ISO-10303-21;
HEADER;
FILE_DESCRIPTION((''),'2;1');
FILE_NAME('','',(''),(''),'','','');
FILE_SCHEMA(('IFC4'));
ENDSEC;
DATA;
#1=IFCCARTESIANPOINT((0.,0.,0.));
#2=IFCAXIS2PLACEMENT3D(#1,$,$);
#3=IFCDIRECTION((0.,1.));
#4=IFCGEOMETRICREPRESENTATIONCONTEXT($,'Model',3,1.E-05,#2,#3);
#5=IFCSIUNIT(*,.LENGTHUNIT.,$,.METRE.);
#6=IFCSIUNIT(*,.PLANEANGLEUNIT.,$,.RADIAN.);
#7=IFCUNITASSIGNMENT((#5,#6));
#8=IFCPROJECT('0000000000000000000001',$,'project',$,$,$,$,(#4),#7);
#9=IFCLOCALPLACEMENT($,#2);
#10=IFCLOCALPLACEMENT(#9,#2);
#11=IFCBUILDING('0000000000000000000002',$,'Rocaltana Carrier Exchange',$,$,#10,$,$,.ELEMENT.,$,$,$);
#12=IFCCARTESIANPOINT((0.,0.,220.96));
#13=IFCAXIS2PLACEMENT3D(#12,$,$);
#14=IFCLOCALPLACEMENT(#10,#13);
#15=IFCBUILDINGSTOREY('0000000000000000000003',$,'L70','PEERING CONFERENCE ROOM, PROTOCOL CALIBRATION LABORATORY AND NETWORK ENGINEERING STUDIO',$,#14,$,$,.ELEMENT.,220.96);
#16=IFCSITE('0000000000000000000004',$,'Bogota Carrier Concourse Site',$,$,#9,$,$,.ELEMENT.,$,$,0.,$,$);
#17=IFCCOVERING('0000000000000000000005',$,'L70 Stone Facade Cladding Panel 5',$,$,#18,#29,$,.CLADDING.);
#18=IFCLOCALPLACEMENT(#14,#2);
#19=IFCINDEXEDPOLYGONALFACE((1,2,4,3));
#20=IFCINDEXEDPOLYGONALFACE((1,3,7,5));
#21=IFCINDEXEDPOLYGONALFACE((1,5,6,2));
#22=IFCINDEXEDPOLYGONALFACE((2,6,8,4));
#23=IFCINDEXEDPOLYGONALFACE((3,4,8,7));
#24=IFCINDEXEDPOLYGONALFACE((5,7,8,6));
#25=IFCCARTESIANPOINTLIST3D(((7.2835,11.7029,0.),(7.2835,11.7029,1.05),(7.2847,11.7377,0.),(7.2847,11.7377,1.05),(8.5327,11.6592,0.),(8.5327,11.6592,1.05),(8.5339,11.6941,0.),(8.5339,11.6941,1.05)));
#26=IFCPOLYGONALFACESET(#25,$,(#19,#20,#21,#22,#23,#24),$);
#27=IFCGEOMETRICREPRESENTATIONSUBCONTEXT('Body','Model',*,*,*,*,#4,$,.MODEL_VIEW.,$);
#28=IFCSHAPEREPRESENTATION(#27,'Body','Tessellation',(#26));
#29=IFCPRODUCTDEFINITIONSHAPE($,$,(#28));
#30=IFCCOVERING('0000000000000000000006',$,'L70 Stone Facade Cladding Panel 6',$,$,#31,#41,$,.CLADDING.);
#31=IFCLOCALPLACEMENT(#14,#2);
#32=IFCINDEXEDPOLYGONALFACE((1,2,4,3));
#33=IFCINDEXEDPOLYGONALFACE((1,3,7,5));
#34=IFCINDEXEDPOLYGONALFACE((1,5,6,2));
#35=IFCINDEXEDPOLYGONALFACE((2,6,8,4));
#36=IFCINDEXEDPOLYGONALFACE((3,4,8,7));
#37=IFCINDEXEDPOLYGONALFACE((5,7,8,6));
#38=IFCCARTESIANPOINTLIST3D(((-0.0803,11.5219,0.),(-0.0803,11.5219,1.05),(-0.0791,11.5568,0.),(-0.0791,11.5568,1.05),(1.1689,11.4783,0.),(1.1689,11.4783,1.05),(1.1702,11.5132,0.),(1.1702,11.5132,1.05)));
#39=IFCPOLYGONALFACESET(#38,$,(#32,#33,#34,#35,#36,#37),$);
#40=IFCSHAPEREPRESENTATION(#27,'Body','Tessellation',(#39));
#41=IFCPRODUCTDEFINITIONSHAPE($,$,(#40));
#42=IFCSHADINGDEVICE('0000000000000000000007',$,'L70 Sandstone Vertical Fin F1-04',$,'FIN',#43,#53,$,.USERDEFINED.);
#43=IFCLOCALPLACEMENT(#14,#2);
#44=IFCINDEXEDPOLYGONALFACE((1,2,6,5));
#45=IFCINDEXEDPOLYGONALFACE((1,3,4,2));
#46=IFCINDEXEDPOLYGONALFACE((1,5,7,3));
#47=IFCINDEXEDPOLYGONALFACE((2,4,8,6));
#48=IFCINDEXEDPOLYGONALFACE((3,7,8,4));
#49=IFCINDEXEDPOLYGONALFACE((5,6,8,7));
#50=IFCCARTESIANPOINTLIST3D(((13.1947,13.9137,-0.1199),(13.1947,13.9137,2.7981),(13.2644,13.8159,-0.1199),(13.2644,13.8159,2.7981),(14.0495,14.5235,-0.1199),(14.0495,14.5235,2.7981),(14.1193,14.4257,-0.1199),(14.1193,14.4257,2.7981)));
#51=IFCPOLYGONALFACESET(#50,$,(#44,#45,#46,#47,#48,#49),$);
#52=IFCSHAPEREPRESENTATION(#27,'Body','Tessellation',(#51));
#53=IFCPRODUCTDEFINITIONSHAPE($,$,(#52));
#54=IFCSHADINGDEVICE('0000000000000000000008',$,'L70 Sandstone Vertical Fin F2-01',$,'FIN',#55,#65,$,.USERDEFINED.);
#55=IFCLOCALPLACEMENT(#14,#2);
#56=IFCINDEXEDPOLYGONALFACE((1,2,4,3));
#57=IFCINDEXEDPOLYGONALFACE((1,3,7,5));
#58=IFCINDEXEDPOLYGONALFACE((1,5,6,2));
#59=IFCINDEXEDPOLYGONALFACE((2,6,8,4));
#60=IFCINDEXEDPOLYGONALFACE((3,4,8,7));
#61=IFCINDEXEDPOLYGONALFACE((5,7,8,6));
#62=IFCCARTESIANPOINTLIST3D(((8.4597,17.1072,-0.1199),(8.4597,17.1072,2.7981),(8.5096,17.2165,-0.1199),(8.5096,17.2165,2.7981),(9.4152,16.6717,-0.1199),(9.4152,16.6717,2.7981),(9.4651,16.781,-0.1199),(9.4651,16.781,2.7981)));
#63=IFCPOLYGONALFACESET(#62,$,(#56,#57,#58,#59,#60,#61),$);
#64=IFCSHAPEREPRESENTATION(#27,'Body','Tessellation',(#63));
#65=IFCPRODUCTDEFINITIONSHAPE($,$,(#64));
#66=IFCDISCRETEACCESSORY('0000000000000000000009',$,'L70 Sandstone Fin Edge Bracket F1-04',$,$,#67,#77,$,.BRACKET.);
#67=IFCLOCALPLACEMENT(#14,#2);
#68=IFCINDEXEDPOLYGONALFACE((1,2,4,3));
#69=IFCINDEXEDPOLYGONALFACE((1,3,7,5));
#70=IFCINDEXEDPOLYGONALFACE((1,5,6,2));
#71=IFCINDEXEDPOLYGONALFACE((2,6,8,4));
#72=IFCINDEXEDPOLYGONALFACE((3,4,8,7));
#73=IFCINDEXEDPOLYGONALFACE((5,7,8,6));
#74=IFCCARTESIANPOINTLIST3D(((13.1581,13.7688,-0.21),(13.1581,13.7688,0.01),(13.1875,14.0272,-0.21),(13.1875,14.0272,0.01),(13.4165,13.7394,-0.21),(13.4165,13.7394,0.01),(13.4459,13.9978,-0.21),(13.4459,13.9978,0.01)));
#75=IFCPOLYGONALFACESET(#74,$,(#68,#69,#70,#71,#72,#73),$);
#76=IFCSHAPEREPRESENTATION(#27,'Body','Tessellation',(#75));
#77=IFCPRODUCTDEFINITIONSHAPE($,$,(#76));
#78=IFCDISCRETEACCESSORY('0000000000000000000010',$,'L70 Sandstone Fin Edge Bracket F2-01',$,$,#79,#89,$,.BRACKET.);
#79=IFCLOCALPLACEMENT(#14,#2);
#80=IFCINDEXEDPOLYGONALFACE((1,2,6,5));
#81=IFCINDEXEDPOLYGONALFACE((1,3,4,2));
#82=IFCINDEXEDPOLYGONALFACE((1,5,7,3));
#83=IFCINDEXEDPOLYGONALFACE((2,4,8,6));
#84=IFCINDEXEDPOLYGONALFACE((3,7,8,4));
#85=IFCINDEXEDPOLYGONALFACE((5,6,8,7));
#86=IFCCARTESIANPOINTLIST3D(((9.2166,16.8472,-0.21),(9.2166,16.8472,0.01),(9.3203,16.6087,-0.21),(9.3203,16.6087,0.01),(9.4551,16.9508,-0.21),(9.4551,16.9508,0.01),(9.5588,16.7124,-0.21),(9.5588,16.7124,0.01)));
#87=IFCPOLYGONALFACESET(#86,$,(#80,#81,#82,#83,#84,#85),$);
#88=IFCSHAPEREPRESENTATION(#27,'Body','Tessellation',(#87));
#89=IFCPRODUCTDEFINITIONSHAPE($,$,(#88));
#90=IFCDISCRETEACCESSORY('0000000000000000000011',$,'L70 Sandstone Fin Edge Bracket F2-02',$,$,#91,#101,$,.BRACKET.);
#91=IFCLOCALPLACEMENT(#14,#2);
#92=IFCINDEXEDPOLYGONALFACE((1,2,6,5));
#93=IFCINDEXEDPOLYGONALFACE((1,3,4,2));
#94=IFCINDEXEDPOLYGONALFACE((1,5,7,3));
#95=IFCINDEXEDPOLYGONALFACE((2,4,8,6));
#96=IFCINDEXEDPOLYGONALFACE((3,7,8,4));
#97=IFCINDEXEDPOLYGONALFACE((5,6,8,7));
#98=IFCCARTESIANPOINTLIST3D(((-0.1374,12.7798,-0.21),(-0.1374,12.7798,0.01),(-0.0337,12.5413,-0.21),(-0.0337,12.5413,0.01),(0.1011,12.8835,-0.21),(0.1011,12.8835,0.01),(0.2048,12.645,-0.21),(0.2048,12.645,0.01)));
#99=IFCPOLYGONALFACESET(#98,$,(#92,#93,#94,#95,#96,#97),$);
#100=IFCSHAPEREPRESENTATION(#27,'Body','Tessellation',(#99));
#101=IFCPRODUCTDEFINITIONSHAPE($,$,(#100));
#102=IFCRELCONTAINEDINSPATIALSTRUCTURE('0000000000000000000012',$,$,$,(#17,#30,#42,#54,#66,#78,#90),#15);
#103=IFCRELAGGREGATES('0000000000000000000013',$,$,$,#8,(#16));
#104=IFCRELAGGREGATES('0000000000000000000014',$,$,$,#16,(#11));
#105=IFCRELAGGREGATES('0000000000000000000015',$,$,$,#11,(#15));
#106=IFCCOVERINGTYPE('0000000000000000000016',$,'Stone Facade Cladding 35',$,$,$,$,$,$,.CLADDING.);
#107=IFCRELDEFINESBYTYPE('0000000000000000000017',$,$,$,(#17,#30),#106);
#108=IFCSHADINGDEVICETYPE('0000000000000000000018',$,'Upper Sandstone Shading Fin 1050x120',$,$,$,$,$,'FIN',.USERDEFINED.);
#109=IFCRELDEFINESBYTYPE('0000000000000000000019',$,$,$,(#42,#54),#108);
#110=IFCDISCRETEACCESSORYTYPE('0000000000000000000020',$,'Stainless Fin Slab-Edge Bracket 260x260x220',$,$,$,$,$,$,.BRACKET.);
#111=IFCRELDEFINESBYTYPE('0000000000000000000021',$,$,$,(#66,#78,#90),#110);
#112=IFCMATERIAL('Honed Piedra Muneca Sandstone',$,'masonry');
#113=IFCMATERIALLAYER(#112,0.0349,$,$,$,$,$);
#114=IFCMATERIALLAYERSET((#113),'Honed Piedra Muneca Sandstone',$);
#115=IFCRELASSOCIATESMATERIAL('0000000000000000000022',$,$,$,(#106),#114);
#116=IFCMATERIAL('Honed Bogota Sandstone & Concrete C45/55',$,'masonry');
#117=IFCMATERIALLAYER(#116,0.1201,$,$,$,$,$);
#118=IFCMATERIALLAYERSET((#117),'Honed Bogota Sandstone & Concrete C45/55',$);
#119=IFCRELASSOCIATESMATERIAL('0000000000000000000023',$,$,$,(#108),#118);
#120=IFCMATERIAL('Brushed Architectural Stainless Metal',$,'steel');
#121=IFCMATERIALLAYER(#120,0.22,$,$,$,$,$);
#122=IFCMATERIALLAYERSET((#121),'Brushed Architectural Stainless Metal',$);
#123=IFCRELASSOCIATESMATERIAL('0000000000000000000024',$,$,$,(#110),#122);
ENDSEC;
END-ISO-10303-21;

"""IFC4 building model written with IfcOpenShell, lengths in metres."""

from ifc_helpers import new_model, si_unit, direction, frame, origin, origin_2d, place, context, subcontext, project, spatial, rectangle, extrude, material, layer, layer_set, type_object, element, save


model = new_model("IFC4")

# Units and contexts
model_context = context("Model", 3, precision=1e-05, world=origin(), true_north=direction((0.0, 1.0)))
body_context = subcontext(model_context, "Body", "Model", "MODEL_VIEW")
ifc_project = project(units=[si_unit("LENGTHUNIT", "METRE"), si_unit("PLANEANGLEUNIT", "RADIAN")], contexts=[model_context])

# Site, building, storey
site_placement = place(None, origin())
site = spatial("IfcSite", under=ifc_project, at=site_placement, Name="Bogota Carrier Concourse Site", CompositionType="ELEMENT", RefElevation=0.0)
building_placement = place(site_placement, origin())
building = spatial("IfcBuilding", under=site, at=building_placement, Name="Rocaltana Carrier Exchange", CompositionType="ELEMENT")
storey_placement = place(building_placement, frame((0.0, 0.0, 220.96)))
storey = spatial("IfcBuildingStorey", under=building, at=storey_placement, Name="L70", Description="PEERING CONFERENCE ROOM, PROTOCOL CALIBRATION LABORATORY AND NETWORK ENGINEERING STUDIO", CompositionType="ELEMENT", Elevation=220.96)

# Coverings
ifc_material_1 = material(Name="Honed Piedra Muneca Sandstone", Category="masonry")
ifc_layer_1 = layer(ifc_material_1, 0.0349)
ifc_layer_set_1 = layer_set([ifc_layer_1], Name="Honed Piedra Muneca Sandstone")
covering_type = type_object("IfcCoveringType", Name="Stone Facade Cladding 35", PredefinedType="CLADDING", material=ifc_layer_set_1)
for number, where, z_axis, x_axis, name in (
    (1, (7.9087, 11.6985, 0.0), (0.0, 0.0, 1.0), (-0.999391, 0.034899, 0.0), "L70 Stone Facade Cladding Panel 5"),
    (2, (0.5449, 11.5176, 0.0), (0.0, 0.0, 1.0), (-0.999391, 0.034899, 0.0), "L70 Stone Facade Cladding Panel 6"),
):
    element("IfcCovering", number, at=place(storey_placement, frame(where, z_axis=z_axis, x_axis=x_axis)), inside=storey, type_object=covering_type, Name=name, PredefinedType="CLADDING", context=body_context, shape_type="SweptSolid", body=[
        extrude(rectangle(XDim=1.25, YDim=0.0349, at=origin_2d()), origin(), (0.0, 0.0, 1.0), 1.05),
    ])

# Shading devices
ifc_material_2 = material(Name="Honed Bogota Sandstone & Concrete C45/55", Category="masonry")
ifc_layer_2 = layer(ifc_material_2, 0.1201)
ifc_layer_set_2 = layer_set([ifc_layer_2], Name="Honed Bogota Sandstone & Concrete C45/55")
shading_device_type = type_object("IfcShadingDeviceType", Name="Upper Sandstone Shading Fin 1050x120", ElementType="FIN", PredefinedType="USERDEFINED", material=ifc_layer_set_2)
for number, where, z_axis, x_axis, name in (
    (3, (13.657, 14.1697, -0.1199), (0.0, 0.0, 1.0), (0.814116, 0.580703, 0.0), "L70 Sandstone Vertical Fin F1-04"),
    (4, (8.9624, 16.9441, -0.1199), (0.0, 0.0, 1.0), (-0.909961, 0.414693, 0.0), "L70 Sandstone Vertical Fin F2-01"),
):
    element("IfcShadingDevice", number, at=place(storey_placement, frame(where, z_axis=z_axis, x_axis=x_axis)), inside=storey, type_object=shading_device_type, Name=name, ObjectType="FIN", PredefinedType="USERDEFINED", context=body_context, shape_type="SweptSolid", body=[
        extrude(rectangle(XDim=1.05, YDim=0.1201, at=origin_2d()), origin(), (0.0, 0.0, 1.0), 2.918),
    ])

# Discrete accessories
ifc_material_3 = material(Name="Brushed Architectural Stainless Metal", Category="steel")
ifc_layer_3 = layer(ifc_material_3, 0.22)
ifc_layer_set_3 = layer_set([ifc_layer_3], Name="Brushed Architectural Stainless Metal")
discrete_accessory_type = type_object("IfcDiscreteAccessoryType", Name="Stainless Fin Slab-Edge Bracket 260x260x220", PredefinedType="BRACKET", material=ifc_layer_set_3)
for number, where, z_axis, x_axis, name in (
    (5, (13.302, 13.8833, -0.21), (0.0, 0.0, 1.0), (0.113203, 0.993572, 0.0), "L70 Sandstone Fin Edge Bracket F1-04"),
    (6, (9.3877, 16.7798, -0.21), (0.0, 0.0, 1.0), (-0.91706, -0.398749, 0.0), "L70 Sandstone Fin Edge Bracket F2-01"),
    (7, (0.0337, 12.7124, -0.21), (0.0, 0.0, 1.0), (-0.91706, -0.398749, 0.0), "L70 Sandstone Fin Edge Bracket F2-02"),
):
    element("IfcDiscreteAccessory", number, at=place(storey_placement, frame(where, z_axis=z_axis, x_axis=x_axis)), inside=storey, type_object=discrete_accessory_type, Name=name, PredefinedType="BRACKET", context=body_context, shape_type="SweptSolid", body=[
        extrude(rectangle(XDim=0.26, YDim=0.26, at=origin_2d()), origin(), (0.0, 0.0, 1.0), 0.22),
    ])

save(model, "model.ifc")
